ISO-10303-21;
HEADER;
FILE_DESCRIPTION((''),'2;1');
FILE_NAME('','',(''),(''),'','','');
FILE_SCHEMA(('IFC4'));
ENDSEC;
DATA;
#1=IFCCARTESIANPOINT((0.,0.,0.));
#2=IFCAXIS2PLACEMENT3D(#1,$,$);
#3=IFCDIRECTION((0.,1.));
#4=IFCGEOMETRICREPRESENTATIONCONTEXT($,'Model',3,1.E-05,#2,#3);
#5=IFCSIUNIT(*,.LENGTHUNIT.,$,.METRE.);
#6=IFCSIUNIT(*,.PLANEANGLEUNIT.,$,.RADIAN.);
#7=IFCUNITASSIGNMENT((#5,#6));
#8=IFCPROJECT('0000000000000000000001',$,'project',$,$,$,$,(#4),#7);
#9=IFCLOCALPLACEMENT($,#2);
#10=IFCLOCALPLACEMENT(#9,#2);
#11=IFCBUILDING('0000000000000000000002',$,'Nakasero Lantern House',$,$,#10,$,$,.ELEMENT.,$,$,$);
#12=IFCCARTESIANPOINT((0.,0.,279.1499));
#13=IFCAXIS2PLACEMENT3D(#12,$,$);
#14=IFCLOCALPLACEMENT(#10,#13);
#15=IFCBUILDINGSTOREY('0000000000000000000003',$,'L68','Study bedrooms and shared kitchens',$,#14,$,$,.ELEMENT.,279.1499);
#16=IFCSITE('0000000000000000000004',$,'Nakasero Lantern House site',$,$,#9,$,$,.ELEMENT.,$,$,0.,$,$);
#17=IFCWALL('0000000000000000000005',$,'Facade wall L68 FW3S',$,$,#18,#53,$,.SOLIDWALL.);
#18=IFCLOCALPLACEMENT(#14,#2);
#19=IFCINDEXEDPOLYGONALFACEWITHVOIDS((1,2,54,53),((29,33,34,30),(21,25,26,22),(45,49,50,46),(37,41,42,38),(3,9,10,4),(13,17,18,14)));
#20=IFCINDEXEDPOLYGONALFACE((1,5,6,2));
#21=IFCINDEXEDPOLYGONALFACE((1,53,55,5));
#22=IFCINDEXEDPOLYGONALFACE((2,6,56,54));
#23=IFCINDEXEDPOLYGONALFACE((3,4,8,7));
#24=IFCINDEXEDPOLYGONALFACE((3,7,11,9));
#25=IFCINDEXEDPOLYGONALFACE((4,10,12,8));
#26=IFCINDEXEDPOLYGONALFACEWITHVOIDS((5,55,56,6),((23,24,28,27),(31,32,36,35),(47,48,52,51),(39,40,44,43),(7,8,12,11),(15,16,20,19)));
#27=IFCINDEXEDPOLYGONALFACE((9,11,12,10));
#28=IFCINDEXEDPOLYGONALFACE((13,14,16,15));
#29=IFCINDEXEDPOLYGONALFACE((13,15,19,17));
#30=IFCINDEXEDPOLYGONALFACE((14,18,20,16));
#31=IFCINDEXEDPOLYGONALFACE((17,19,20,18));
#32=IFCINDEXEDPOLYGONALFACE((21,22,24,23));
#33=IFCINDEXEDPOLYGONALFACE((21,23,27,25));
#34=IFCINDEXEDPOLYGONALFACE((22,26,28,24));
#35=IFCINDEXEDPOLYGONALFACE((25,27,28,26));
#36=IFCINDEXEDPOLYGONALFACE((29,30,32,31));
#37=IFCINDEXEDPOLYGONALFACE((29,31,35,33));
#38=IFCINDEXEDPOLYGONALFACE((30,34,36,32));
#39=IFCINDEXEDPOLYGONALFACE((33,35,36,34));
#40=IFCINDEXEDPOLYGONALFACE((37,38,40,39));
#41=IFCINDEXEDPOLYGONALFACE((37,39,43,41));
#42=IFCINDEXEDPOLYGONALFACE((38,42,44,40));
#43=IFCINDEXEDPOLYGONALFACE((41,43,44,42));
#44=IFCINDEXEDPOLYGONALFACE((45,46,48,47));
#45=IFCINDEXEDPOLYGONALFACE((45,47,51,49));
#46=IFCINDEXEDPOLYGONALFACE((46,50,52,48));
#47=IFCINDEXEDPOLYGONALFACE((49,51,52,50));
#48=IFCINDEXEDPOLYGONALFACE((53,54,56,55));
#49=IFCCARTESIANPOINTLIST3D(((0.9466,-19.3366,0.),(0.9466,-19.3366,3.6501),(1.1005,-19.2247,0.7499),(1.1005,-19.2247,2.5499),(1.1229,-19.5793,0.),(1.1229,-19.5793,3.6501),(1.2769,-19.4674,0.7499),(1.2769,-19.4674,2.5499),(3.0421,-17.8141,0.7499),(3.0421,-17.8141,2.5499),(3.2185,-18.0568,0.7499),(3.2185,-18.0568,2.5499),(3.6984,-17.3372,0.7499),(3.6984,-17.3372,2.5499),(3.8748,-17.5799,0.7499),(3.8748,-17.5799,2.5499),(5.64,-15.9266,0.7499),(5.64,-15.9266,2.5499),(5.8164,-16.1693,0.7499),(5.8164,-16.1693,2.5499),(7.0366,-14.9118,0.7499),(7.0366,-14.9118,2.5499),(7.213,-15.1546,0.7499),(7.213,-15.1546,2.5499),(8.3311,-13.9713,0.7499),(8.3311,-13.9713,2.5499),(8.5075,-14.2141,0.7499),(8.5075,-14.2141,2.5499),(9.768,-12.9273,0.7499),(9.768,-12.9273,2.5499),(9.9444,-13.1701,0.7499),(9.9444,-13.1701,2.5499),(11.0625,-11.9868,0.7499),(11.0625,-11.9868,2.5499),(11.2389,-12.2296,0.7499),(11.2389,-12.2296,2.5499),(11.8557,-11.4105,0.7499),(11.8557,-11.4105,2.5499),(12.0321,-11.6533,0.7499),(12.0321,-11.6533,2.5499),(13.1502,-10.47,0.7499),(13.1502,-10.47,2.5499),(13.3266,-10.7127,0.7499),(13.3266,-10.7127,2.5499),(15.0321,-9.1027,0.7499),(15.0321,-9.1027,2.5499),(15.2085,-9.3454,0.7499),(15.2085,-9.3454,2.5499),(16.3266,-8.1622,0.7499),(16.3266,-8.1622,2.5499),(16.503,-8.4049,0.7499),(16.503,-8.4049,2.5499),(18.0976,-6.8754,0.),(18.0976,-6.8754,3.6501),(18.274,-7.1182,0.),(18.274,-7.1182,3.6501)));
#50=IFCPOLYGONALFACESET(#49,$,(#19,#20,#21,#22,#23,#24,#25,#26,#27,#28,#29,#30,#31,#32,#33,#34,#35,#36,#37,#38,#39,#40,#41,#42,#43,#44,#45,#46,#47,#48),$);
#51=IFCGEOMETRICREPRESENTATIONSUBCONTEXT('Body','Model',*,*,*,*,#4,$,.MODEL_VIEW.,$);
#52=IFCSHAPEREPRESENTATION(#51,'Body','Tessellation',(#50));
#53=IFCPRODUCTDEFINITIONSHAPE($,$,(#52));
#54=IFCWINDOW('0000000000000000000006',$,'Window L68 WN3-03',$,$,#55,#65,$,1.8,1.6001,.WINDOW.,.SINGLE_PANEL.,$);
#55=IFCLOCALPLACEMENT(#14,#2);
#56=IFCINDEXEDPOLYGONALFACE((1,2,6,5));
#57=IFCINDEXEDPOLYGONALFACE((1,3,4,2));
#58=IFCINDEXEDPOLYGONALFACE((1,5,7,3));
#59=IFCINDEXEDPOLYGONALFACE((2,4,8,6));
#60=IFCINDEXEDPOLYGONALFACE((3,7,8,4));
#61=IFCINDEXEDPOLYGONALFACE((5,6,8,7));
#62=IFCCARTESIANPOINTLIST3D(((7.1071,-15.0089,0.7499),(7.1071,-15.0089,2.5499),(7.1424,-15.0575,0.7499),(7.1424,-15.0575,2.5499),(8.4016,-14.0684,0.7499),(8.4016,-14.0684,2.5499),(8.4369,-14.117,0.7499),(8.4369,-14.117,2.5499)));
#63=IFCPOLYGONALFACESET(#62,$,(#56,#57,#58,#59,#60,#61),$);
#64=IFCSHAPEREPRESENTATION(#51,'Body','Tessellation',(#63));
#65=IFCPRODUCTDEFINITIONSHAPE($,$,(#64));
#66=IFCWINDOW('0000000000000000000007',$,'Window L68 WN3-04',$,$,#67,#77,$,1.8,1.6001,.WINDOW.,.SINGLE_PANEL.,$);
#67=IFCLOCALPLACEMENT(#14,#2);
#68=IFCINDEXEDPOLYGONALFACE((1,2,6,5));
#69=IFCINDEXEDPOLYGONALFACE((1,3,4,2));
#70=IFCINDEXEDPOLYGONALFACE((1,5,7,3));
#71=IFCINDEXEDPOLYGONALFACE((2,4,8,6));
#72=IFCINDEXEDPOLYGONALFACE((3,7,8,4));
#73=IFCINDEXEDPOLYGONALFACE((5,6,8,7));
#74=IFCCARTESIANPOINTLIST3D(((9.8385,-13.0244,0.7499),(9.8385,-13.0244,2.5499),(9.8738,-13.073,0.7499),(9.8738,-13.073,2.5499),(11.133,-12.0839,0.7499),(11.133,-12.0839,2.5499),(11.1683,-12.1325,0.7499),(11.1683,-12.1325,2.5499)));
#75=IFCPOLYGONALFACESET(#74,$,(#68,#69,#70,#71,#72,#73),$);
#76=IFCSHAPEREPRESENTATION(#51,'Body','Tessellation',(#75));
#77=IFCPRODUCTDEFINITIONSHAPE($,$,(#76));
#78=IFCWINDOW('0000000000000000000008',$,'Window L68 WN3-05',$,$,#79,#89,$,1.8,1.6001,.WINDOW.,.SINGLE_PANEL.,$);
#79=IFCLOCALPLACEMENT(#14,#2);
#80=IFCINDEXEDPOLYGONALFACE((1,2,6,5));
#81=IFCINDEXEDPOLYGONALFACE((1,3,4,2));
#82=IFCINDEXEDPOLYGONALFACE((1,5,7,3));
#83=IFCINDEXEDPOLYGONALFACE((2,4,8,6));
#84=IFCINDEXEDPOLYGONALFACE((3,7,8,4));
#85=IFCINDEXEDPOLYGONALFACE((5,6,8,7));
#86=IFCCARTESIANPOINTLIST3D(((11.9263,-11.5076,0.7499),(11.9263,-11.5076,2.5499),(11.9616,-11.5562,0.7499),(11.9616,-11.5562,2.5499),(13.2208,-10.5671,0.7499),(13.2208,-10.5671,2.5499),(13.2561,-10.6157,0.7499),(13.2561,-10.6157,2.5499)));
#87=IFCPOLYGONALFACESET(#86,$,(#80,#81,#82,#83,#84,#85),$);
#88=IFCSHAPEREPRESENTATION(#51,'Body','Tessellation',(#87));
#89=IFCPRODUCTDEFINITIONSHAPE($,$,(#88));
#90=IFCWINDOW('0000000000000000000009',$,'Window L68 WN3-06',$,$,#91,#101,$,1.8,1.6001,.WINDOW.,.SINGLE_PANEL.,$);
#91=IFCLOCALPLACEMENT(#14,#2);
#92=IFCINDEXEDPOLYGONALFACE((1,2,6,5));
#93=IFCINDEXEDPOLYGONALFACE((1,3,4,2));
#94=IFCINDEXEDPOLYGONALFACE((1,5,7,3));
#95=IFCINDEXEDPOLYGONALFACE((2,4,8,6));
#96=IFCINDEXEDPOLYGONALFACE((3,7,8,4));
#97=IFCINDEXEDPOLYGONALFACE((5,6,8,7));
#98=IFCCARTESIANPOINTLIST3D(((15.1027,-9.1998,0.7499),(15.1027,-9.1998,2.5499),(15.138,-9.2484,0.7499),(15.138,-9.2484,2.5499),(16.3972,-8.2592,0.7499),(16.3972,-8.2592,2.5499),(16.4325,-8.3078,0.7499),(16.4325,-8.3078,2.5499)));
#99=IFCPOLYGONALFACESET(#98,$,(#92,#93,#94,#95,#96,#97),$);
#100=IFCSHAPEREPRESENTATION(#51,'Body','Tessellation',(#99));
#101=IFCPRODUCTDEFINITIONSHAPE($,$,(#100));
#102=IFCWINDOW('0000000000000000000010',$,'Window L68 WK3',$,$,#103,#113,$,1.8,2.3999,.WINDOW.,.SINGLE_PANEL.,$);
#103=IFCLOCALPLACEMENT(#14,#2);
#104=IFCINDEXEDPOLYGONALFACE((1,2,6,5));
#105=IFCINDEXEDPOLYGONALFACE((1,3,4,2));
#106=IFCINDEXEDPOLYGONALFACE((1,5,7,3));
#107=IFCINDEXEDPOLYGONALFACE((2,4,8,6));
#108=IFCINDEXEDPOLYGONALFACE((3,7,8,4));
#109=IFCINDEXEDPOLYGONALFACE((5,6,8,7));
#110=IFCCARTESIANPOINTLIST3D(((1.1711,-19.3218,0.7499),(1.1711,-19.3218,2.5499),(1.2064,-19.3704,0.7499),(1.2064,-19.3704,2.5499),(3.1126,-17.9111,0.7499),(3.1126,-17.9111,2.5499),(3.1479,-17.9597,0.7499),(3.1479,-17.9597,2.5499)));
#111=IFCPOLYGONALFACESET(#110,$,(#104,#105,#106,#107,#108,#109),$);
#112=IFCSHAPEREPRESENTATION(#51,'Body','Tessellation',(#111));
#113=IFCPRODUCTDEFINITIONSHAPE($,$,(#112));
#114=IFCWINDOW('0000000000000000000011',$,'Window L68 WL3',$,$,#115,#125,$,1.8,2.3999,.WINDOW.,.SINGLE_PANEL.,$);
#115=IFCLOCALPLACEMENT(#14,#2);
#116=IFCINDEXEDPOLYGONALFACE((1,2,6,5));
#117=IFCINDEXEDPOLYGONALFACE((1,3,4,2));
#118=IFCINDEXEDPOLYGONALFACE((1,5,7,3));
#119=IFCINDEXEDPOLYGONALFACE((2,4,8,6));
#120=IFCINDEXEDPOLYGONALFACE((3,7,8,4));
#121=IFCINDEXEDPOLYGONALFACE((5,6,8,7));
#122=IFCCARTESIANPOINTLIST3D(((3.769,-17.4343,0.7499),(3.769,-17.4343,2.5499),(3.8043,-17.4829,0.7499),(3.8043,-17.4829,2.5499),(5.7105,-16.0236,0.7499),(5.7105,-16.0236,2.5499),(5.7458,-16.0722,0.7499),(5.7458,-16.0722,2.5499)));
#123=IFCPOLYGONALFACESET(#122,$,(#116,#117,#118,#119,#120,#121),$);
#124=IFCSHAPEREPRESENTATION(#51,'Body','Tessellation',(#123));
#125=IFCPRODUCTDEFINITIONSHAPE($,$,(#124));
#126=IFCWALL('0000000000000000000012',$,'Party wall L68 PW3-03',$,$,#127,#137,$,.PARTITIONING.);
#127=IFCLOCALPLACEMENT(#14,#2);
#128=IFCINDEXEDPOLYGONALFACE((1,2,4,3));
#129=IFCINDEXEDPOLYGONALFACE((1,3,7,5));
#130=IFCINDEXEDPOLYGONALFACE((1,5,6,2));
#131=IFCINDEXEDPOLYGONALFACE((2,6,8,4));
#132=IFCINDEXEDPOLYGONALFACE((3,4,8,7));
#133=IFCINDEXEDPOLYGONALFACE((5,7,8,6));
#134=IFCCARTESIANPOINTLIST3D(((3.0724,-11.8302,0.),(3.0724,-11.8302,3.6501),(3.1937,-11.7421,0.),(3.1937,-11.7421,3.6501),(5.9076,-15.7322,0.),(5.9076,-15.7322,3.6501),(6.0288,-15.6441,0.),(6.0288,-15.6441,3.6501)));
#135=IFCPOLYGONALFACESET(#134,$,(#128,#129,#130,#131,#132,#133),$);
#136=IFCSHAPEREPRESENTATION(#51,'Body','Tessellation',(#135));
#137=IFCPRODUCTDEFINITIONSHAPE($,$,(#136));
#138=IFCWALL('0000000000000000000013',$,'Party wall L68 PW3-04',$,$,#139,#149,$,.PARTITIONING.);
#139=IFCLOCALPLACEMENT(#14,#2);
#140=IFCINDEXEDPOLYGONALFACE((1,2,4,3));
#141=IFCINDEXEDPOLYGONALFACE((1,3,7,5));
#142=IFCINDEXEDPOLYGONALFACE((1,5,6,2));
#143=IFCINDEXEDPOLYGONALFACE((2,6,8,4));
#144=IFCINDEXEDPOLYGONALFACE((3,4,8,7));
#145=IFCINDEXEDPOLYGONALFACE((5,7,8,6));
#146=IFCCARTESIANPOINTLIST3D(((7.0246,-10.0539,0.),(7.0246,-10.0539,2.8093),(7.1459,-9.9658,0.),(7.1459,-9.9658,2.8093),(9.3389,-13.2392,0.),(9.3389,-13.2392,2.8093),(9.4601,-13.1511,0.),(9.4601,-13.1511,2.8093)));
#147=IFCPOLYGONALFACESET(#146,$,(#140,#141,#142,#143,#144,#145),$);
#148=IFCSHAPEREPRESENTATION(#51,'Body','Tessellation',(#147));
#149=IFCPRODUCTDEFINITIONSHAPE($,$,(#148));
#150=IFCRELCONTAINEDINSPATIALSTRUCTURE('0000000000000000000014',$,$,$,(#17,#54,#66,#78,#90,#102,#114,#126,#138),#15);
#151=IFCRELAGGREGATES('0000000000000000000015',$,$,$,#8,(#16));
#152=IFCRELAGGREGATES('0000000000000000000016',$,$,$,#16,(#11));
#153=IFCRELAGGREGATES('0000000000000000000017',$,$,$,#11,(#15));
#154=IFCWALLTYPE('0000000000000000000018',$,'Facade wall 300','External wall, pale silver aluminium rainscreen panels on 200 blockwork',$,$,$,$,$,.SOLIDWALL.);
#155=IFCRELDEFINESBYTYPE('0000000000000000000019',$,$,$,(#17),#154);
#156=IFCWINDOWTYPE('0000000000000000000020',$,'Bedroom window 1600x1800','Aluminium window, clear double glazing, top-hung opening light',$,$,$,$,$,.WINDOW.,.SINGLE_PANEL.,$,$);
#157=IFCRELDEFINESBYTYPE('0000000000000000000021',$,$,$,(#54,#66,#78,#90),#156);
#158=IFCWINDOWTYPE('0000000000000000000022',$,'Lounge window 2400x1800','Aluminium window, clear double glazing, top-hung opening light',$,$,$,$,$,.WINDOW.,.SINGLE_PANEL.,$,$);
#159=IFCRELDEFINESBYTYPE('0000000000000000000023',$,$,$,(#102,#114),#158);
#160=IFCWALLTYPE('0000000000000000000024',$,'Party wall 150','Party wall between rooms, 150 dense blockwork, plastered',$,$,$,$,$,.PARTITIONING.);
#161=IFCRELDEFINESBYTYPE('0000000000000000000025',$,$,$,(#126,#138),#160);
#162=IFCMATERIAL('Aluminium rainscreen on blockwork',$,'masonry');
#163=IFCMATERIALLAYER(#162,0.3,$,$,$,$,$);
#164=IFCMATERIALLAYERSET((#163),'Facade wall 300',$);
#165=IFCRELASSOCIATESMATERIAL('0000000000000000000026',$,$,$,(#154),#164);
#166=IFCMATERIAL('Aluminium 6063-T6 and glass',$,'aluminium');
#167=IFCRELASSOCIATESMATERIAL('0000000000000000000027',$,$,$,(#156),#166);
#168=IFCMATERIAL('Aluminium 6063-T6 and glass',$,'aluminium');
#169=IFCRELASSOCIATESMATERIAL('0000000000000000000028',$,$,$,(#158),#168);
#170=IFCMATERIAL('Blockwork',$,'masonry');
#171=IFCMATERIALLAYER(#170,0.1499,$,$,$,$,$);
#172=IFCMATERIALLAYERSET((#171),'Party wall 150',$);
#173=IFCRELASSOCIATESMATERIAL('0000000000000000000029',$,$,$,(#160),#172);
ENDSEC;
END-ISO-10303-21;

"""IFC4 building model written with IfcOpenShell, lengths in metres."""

from ifc_helpers import new_model, si_unit, direction, frame, frame_2d, origin, place, context, subcontext, project, spatial, rectangle, extrude, material, layer, layer_set, type_object, element, fill, save


model = new_model("IFC4")

# Units and contexts
model_context = context("Model", 3, precision=1e-05, world=origin(), true_north=direction((0.0, 1.0)))
body_context = subcontext(model_context, "Body", "Model", "MODEL_VIEW")
ifc_project = project(units=[si_unit("LENGTHUNIT", "METRE"), si_unit("PLANEANGLEUNIT", "RADIAN")], contexts=[model_context])

# Site, building, storey
site_placement = place(None, origin())
site = spatial("IfcSite", under=ifc_project, at=site_placement, Name="Nakasero Lantern House site", CompositionType="ELEMENT", RefElevation=0.0)
building_placement = place(site_placement, origin())
building = spatial("IfcBuilding", under=site, at=building_placement, Name="Nakasero Lantern House", CompositionType="ELEMENT")
storey_placement = place(building_placement, frame((0.0, 0.0, 279.1499)))
storey = spatial("IfcBuildingStorey", under=building, at=storey_placement, Name="L68", Description="Study bedrooms and shared kitchens", CompositionType="ELEMENT", Elevation=279.1499)

# Wall, openings, windows
ifc_material_1 = material(Name="Aluminium rainscreen on blockwork", Category="masonry")
ifc_layer_1 = layer(ifc_material_1, 0.3)
ifc_layer_set_1 = layer_set([ifc_layer_1], Name="Facade wall 300")
wall_type_1 = type_object("IfcWallType", Name="Facade wall 300", Description="External wall, pale silver aluminium rainscreen panels on 200 blockwork", PredefinedType="SOLIDWALL", material=ifc_layer_set_1)
wall_1_placement = place(storey_placement, frame((1.0347, -19.458, 0.0), z_axis=(0.0, 0.0, 1.0), x_axis=(0.809013, 0.58779, 0.0)))
wall_1 = element("IfcWall", 1, at=wall_1_placement, inside=storey, type_object=wall_type_1, Name="Facade wall L68 FW3S", PredefinedType="SOLIDWALL", context=body_context, shape_type="SweptSolid", body=[
    extrude(rectangle(XDim=21.2, YDim=0.3, at=frame_2d((10.6001, 0.0))), origin(), (0.0, 0.0, 1.0), 3.6501),
])
opening_1_placement = place(wall_1_placement, frame((7.5278, 0.0, 0.75)))
opening_1 = element("IfcOpeningElement", 2, at=opening_1_placement, cuts=wall_1, PredefinedType="OPENING", context=body_context, shape_type="SweptSolid", body=[
    extrude(rectangle(XDim=1.6001, YDim=1.8, at=frame_2d((0.8, 0.8999))), frame((0.0, 0.1699, 0.0), z_axis=(0.0, -1.0, 0.0), x_axis=(1.0, 0.0, 0.0)), (0.0, 0.0, 1.0), 0.3401),
])
opening_2_placement = place(wall_1_placement, frame((10.9041, 0.0, 0.75)))
opening_2 = element("IfcOpeningElement", 3, at=opening_2_placement, cuts=wall_1, PredefinedType="OPENING", context=body_context, shape_type="SweptSolid", body=[
    extrude(rectangle(XDim=1.6001, YDim=1.8, at=frame_2d((0.8, 0.8999))), frame((0.0, 0.1699, 0.0), z_axis=(0.0, -1.0, 0.0), x_axis=(1.0, 0.0, 0.0)), (0.0, 0.0, 1.0), 0.3401),
])
opening_3_placement = place(wall_1_placement, frame((13.4846, 0.0, 0.75)))
opening_3 = element("IfcOpeningElement", 4, at=opening_3_placement, cuts=wall_1, PredefinedType="OPENING", context=body_context, shape_type="SweptSolid", body=[
    extrude(rectangle(XDim=1.6001, YDim=1.8, at=frame_2d((0.8, 0.8999))), frame((0.0, 0.1699, 0.0), z_axis=(0.0, -1.0, 0.0), x_axis=(1.0, 0.0, 0.0)), (0.0, 0.0, 1.0), 0.3401),
])
opening_4_placement = place(wall_1_placement, frame((17.4109, 0.0, 0.75)))
opening_4 = element("IfcOpeningElement", 5, at=opening_4_placement, cuts=wall_1, PredefinedType="OPENING", context=body_context, shape_type="SweptSolid", body=[
    extrude(rectangle(XDim=1.6001, YDim=1.8, at=frame_2d((0.8, 0.8999))), frame((0.0, 0.1699, 0.0), z_axis=(0.0, -1.0, 0.0), x_axis=(1.0, 0.0, 0.0)), (0.0, 0.0, 1.0), 0.3401),
])
opening_5_placement = place(wall_1_placement, frame((0.1904, 0.0, 0.75)))
opening_5 = element("IfcOpeningElement", 6, at=opening_5_placement, cuts=wall_1, PredefinedType="OPENING", context=body_context, shape_type="SweptSolid", body=[
    extrude(rectangle(XDim=2.3999, YDim=1.8, at=frame_2d((1.2, 0.8999))), frame((0.0, 0.1699, 0.0), z_axis=(0.0, -1.0, 0.0), x_axis=(1.0, 0.0, 0.0)), (0.0, 0.0, 1.0), 0.3401),
])
opening_6_placement = place(wall_1_placement, frame((3.4016, 0.0, 0.75)))
opening_6 = element("IfcOpeningElement", 7, at=opening_6_placement, cuts=wall_1, PredefinedType="OPENING", context=body_context, shape_type="SweptSolid", body=[
    extrude(rectangle(XDim=2.3999, YDim=1.8, at=frame_2d((1.2, 0.8999))), frame((0.0, 0.1699, 0.0), z_axis=(0.0, -1.0, 0.0), x_axis=(1.0, 0.0, 0.0)), (0.0, 0.0, 1.0), 0.3401),
])
ifc_material_2 = material(Name="Aluminium 6063-T6 and glass", Category="aluminium")
window_type_1 = type_object("IfcWindowType", Name="Bedroom window 1600x1800", Description="Aluminium window, clear double glazing, top-hung opening light", PartitioningType="SINGLE_PANEL", PredefinedType="WINDOW", material=ifc_material_2)
window_1_placement = place(opening_1_placement, origin())
window_1 = element("IfcWindow", 8, at=window_1_placement, inside=storey, type_object=window_type_1, Name="Window L68 WN3-03", OverallHeight=1.8, OverallWidth=1.6001, PartitioningType="SINGLE_PANEL", PredefinedType="WINDOW", context=body_context, shape_type="SweptSolid", body=[
    extrude(rectangle(XDim=1.6001, YDim=1.8, at=frame_2d((0.8, 0.8999))), frame((0.0, 0.03, 0.0), z_axis=(0.0, -1.0, 0.0), x_axis=(1.0, 0.0, 0.0)), (0.0, 0.0, 1.0), 0.0601),
])
fill(opening_1, window_1)
window_2_placement = place(opening_2_placement, origin())
window_2 = element("IfcWindow", 9, at=window_2_placement, inside=storey, type_object=window_type_1, Name="Window L68 WN3-04", OverallHeight=1.8, OverallWidth=1.6001, PartitioningType="SINGLE_PANEL", PredefinedType="WINDOW", context=body_context, shape_type="SweptSolid", body=[
    extrude(rectangle(XDim=1.6001, YDim=1.8, at=frame_2d((0.8, 0.8999))), frame((0.0, 0.03, 0.0), z_axis=(0.0, -1.0, 0.0), x_axis=(1.0, 0.0, 0.0)), (0.0, 0.0, 1.0), 0.0601),
])
fill(opening_2, window_2)
window_3_placement = place(opening_3_placement, origin())
window_3 = element("IfcWindow", 10, at=window_3_placement, inside=storey, type_object=window_type_1, Name="Window L68 WN3-05", OverallHeight=1.8, OverallWidth=1.6001, PartitioningType="SINGLE_PANEL", PredefinedType="WINDOW", context=body_context, shape_type="SweptSolid", body=[
    extrude(rectangle(XDim=1.6001, YDim=1.8, at=frame_2d((0.8, 0.8999))), frame((0.0, 0.03, 0.0), z_axis=(0.0, -1.0, 0.0), x_axis=(1.0, 0.0, 0.0)), (0.0, 0.0, 1.0), 0.0601),
])
fill(opening_3, window_3)
window_4_placement = place(opening_4_placement, origin())
window_4 = element("IfcWindow", 11, at=window_4_placement, inside=storey, type_object=window_type_1, Name="Window L68 WN3-06", OverallHeight=1.8, OverallWidth=1.6001, PartitioningType="SINGLE_PANEL", PredefinedType="WINDOW", context=body_context, shape_type="SweptSolid", body=[
    extrude(rectangle(XDim=1.6001, YDim=1.8, at=frame_2d((0.8, 0.8999))), frame((0.0, 0.03, 0.0), z_axis=(0.0, -1.0, 0.0), x_axis=(1.0, 0.0, 0.0)), (0.0, 0.0, 1.0), 0.0601),
])
fill(opening_4, window_4)
ifc_material_3 = material(Name="Aluminium 6063-T6 and glass", Category="aluminium")
window_type_2 = type_object("IfcWindowType", Name="Lounge window 2400x1800", Description="Aluminium window, clear double glazing, top-hung opening light", PartitioningType="SINGLE_PANEL", PredefinedType="WINDOW", material=ifc_material_3)
window_5_placement = place(opening_5_placement, origin())
window_5 = element("IfcWindow", 12, at=window_5_placement, inside=storey, type_object=window_type_2, Name="Window L68 WK3", OverallHeight=1.8, OverallWidth=2.3999, PartitioningType="SINGLE_PANEL", PredefinedType="WINDOW", context=body_context, shape_type="SweptSolid", body=[
    extrude(rectangle(XDim=2.3999, YDim=1.8, at=frame_2d((1.2, 0.8999))), frame((0.0, 0.03, 0.0), z_axis=(0.0, -1.0, 0.0), x_axis=(1.0, 0.0, 0.0)), (0.0, 0.0, 1.0), 0.0601),
])
fill(opening_5, window_5)
window_6_placement = place(opening_6_placement, origin())
window_6 = element("IfcWindow", 13, at=window_6_placement, inside=storey, type_object=window_type_2, Name="Window L68 WL3", OverallHeight=1.8, OverallWidth=2.3999, PartitioningType="SINGLE_PANEL", PredefinedType="WINDOW", context=body_context, shape_type="SweptSolid", body=[
    extrude(rectangle(XDim=2.3999, YDim=1.8, at=frame_2d((1.2, 0.8999))), frame((0.0, 0.03, 0.0), z_axis=(0.0, -1.0, 0.0), x_axis=(1.0, 0.0, 0.0)), (0.0, 0.0, 1.0), 0.0601),
])
fill(opening_6, window_6)

# Walls
ifc_material_4 = material(Name="Blockwork", Category="masonry")
ifc_layer_2 = layer(ifc_material_4, 0.1499)
ifc_layer_set_2 = layer_set([ifc_layer_2], Name="Party wall 150")
wall_type_2 = type_object("IfcWallType", Name="Party wall 150", Description="Party wall between rooms, 150 dense blockwork, plastered", PredefinedType="PARTITIONING", material=ifc_layer_set_2)
wall_2_placement = place(storey_placement, frame((3.1331, -11.7861, 0.0), z_axis=(0.0, 0.0, 1.0), x_axis=(0.587807, -0.809001, 0.0)))
element("IfcWall", 14, at=wall_2_placement, inside=storey, type_object=wall_type_2, Name="Party wall L68 PW3-03", PredefinedType="PARTITIONING", context=body_context, shape_type="SweptSolid", body=[
    extrude(rectangle(XDim=4.8232, YDim=0.1499, at=frame_2d((2.4116, 0.0))), origin(), (0.0, 0.0, 1.0), 3.6501),
])
wall_3_placement = place(storey_placement, frame((7.0852, -10.0098, 0.0), z_axis=(0.0, 0.0, 1.0), x_axis=(0.587777, -0.809023, 0.0)))
element("IfcWall", 15, at=wall_3_placement, inside=storey, type_object=wall_type_2, Name="Party wall L68 PW3-04", PredefinedType="PARTITIONING", context=body_context, shape_type="SweptSolid", body=[
    extrude(rectangle(XDim=3.9373, YDim=0.1499, at=frame_2d((1.9688, 0.0))), origin(), (0.0, 0.0, 1.0), 2.8093),
])

save(model, "model.ifc")
